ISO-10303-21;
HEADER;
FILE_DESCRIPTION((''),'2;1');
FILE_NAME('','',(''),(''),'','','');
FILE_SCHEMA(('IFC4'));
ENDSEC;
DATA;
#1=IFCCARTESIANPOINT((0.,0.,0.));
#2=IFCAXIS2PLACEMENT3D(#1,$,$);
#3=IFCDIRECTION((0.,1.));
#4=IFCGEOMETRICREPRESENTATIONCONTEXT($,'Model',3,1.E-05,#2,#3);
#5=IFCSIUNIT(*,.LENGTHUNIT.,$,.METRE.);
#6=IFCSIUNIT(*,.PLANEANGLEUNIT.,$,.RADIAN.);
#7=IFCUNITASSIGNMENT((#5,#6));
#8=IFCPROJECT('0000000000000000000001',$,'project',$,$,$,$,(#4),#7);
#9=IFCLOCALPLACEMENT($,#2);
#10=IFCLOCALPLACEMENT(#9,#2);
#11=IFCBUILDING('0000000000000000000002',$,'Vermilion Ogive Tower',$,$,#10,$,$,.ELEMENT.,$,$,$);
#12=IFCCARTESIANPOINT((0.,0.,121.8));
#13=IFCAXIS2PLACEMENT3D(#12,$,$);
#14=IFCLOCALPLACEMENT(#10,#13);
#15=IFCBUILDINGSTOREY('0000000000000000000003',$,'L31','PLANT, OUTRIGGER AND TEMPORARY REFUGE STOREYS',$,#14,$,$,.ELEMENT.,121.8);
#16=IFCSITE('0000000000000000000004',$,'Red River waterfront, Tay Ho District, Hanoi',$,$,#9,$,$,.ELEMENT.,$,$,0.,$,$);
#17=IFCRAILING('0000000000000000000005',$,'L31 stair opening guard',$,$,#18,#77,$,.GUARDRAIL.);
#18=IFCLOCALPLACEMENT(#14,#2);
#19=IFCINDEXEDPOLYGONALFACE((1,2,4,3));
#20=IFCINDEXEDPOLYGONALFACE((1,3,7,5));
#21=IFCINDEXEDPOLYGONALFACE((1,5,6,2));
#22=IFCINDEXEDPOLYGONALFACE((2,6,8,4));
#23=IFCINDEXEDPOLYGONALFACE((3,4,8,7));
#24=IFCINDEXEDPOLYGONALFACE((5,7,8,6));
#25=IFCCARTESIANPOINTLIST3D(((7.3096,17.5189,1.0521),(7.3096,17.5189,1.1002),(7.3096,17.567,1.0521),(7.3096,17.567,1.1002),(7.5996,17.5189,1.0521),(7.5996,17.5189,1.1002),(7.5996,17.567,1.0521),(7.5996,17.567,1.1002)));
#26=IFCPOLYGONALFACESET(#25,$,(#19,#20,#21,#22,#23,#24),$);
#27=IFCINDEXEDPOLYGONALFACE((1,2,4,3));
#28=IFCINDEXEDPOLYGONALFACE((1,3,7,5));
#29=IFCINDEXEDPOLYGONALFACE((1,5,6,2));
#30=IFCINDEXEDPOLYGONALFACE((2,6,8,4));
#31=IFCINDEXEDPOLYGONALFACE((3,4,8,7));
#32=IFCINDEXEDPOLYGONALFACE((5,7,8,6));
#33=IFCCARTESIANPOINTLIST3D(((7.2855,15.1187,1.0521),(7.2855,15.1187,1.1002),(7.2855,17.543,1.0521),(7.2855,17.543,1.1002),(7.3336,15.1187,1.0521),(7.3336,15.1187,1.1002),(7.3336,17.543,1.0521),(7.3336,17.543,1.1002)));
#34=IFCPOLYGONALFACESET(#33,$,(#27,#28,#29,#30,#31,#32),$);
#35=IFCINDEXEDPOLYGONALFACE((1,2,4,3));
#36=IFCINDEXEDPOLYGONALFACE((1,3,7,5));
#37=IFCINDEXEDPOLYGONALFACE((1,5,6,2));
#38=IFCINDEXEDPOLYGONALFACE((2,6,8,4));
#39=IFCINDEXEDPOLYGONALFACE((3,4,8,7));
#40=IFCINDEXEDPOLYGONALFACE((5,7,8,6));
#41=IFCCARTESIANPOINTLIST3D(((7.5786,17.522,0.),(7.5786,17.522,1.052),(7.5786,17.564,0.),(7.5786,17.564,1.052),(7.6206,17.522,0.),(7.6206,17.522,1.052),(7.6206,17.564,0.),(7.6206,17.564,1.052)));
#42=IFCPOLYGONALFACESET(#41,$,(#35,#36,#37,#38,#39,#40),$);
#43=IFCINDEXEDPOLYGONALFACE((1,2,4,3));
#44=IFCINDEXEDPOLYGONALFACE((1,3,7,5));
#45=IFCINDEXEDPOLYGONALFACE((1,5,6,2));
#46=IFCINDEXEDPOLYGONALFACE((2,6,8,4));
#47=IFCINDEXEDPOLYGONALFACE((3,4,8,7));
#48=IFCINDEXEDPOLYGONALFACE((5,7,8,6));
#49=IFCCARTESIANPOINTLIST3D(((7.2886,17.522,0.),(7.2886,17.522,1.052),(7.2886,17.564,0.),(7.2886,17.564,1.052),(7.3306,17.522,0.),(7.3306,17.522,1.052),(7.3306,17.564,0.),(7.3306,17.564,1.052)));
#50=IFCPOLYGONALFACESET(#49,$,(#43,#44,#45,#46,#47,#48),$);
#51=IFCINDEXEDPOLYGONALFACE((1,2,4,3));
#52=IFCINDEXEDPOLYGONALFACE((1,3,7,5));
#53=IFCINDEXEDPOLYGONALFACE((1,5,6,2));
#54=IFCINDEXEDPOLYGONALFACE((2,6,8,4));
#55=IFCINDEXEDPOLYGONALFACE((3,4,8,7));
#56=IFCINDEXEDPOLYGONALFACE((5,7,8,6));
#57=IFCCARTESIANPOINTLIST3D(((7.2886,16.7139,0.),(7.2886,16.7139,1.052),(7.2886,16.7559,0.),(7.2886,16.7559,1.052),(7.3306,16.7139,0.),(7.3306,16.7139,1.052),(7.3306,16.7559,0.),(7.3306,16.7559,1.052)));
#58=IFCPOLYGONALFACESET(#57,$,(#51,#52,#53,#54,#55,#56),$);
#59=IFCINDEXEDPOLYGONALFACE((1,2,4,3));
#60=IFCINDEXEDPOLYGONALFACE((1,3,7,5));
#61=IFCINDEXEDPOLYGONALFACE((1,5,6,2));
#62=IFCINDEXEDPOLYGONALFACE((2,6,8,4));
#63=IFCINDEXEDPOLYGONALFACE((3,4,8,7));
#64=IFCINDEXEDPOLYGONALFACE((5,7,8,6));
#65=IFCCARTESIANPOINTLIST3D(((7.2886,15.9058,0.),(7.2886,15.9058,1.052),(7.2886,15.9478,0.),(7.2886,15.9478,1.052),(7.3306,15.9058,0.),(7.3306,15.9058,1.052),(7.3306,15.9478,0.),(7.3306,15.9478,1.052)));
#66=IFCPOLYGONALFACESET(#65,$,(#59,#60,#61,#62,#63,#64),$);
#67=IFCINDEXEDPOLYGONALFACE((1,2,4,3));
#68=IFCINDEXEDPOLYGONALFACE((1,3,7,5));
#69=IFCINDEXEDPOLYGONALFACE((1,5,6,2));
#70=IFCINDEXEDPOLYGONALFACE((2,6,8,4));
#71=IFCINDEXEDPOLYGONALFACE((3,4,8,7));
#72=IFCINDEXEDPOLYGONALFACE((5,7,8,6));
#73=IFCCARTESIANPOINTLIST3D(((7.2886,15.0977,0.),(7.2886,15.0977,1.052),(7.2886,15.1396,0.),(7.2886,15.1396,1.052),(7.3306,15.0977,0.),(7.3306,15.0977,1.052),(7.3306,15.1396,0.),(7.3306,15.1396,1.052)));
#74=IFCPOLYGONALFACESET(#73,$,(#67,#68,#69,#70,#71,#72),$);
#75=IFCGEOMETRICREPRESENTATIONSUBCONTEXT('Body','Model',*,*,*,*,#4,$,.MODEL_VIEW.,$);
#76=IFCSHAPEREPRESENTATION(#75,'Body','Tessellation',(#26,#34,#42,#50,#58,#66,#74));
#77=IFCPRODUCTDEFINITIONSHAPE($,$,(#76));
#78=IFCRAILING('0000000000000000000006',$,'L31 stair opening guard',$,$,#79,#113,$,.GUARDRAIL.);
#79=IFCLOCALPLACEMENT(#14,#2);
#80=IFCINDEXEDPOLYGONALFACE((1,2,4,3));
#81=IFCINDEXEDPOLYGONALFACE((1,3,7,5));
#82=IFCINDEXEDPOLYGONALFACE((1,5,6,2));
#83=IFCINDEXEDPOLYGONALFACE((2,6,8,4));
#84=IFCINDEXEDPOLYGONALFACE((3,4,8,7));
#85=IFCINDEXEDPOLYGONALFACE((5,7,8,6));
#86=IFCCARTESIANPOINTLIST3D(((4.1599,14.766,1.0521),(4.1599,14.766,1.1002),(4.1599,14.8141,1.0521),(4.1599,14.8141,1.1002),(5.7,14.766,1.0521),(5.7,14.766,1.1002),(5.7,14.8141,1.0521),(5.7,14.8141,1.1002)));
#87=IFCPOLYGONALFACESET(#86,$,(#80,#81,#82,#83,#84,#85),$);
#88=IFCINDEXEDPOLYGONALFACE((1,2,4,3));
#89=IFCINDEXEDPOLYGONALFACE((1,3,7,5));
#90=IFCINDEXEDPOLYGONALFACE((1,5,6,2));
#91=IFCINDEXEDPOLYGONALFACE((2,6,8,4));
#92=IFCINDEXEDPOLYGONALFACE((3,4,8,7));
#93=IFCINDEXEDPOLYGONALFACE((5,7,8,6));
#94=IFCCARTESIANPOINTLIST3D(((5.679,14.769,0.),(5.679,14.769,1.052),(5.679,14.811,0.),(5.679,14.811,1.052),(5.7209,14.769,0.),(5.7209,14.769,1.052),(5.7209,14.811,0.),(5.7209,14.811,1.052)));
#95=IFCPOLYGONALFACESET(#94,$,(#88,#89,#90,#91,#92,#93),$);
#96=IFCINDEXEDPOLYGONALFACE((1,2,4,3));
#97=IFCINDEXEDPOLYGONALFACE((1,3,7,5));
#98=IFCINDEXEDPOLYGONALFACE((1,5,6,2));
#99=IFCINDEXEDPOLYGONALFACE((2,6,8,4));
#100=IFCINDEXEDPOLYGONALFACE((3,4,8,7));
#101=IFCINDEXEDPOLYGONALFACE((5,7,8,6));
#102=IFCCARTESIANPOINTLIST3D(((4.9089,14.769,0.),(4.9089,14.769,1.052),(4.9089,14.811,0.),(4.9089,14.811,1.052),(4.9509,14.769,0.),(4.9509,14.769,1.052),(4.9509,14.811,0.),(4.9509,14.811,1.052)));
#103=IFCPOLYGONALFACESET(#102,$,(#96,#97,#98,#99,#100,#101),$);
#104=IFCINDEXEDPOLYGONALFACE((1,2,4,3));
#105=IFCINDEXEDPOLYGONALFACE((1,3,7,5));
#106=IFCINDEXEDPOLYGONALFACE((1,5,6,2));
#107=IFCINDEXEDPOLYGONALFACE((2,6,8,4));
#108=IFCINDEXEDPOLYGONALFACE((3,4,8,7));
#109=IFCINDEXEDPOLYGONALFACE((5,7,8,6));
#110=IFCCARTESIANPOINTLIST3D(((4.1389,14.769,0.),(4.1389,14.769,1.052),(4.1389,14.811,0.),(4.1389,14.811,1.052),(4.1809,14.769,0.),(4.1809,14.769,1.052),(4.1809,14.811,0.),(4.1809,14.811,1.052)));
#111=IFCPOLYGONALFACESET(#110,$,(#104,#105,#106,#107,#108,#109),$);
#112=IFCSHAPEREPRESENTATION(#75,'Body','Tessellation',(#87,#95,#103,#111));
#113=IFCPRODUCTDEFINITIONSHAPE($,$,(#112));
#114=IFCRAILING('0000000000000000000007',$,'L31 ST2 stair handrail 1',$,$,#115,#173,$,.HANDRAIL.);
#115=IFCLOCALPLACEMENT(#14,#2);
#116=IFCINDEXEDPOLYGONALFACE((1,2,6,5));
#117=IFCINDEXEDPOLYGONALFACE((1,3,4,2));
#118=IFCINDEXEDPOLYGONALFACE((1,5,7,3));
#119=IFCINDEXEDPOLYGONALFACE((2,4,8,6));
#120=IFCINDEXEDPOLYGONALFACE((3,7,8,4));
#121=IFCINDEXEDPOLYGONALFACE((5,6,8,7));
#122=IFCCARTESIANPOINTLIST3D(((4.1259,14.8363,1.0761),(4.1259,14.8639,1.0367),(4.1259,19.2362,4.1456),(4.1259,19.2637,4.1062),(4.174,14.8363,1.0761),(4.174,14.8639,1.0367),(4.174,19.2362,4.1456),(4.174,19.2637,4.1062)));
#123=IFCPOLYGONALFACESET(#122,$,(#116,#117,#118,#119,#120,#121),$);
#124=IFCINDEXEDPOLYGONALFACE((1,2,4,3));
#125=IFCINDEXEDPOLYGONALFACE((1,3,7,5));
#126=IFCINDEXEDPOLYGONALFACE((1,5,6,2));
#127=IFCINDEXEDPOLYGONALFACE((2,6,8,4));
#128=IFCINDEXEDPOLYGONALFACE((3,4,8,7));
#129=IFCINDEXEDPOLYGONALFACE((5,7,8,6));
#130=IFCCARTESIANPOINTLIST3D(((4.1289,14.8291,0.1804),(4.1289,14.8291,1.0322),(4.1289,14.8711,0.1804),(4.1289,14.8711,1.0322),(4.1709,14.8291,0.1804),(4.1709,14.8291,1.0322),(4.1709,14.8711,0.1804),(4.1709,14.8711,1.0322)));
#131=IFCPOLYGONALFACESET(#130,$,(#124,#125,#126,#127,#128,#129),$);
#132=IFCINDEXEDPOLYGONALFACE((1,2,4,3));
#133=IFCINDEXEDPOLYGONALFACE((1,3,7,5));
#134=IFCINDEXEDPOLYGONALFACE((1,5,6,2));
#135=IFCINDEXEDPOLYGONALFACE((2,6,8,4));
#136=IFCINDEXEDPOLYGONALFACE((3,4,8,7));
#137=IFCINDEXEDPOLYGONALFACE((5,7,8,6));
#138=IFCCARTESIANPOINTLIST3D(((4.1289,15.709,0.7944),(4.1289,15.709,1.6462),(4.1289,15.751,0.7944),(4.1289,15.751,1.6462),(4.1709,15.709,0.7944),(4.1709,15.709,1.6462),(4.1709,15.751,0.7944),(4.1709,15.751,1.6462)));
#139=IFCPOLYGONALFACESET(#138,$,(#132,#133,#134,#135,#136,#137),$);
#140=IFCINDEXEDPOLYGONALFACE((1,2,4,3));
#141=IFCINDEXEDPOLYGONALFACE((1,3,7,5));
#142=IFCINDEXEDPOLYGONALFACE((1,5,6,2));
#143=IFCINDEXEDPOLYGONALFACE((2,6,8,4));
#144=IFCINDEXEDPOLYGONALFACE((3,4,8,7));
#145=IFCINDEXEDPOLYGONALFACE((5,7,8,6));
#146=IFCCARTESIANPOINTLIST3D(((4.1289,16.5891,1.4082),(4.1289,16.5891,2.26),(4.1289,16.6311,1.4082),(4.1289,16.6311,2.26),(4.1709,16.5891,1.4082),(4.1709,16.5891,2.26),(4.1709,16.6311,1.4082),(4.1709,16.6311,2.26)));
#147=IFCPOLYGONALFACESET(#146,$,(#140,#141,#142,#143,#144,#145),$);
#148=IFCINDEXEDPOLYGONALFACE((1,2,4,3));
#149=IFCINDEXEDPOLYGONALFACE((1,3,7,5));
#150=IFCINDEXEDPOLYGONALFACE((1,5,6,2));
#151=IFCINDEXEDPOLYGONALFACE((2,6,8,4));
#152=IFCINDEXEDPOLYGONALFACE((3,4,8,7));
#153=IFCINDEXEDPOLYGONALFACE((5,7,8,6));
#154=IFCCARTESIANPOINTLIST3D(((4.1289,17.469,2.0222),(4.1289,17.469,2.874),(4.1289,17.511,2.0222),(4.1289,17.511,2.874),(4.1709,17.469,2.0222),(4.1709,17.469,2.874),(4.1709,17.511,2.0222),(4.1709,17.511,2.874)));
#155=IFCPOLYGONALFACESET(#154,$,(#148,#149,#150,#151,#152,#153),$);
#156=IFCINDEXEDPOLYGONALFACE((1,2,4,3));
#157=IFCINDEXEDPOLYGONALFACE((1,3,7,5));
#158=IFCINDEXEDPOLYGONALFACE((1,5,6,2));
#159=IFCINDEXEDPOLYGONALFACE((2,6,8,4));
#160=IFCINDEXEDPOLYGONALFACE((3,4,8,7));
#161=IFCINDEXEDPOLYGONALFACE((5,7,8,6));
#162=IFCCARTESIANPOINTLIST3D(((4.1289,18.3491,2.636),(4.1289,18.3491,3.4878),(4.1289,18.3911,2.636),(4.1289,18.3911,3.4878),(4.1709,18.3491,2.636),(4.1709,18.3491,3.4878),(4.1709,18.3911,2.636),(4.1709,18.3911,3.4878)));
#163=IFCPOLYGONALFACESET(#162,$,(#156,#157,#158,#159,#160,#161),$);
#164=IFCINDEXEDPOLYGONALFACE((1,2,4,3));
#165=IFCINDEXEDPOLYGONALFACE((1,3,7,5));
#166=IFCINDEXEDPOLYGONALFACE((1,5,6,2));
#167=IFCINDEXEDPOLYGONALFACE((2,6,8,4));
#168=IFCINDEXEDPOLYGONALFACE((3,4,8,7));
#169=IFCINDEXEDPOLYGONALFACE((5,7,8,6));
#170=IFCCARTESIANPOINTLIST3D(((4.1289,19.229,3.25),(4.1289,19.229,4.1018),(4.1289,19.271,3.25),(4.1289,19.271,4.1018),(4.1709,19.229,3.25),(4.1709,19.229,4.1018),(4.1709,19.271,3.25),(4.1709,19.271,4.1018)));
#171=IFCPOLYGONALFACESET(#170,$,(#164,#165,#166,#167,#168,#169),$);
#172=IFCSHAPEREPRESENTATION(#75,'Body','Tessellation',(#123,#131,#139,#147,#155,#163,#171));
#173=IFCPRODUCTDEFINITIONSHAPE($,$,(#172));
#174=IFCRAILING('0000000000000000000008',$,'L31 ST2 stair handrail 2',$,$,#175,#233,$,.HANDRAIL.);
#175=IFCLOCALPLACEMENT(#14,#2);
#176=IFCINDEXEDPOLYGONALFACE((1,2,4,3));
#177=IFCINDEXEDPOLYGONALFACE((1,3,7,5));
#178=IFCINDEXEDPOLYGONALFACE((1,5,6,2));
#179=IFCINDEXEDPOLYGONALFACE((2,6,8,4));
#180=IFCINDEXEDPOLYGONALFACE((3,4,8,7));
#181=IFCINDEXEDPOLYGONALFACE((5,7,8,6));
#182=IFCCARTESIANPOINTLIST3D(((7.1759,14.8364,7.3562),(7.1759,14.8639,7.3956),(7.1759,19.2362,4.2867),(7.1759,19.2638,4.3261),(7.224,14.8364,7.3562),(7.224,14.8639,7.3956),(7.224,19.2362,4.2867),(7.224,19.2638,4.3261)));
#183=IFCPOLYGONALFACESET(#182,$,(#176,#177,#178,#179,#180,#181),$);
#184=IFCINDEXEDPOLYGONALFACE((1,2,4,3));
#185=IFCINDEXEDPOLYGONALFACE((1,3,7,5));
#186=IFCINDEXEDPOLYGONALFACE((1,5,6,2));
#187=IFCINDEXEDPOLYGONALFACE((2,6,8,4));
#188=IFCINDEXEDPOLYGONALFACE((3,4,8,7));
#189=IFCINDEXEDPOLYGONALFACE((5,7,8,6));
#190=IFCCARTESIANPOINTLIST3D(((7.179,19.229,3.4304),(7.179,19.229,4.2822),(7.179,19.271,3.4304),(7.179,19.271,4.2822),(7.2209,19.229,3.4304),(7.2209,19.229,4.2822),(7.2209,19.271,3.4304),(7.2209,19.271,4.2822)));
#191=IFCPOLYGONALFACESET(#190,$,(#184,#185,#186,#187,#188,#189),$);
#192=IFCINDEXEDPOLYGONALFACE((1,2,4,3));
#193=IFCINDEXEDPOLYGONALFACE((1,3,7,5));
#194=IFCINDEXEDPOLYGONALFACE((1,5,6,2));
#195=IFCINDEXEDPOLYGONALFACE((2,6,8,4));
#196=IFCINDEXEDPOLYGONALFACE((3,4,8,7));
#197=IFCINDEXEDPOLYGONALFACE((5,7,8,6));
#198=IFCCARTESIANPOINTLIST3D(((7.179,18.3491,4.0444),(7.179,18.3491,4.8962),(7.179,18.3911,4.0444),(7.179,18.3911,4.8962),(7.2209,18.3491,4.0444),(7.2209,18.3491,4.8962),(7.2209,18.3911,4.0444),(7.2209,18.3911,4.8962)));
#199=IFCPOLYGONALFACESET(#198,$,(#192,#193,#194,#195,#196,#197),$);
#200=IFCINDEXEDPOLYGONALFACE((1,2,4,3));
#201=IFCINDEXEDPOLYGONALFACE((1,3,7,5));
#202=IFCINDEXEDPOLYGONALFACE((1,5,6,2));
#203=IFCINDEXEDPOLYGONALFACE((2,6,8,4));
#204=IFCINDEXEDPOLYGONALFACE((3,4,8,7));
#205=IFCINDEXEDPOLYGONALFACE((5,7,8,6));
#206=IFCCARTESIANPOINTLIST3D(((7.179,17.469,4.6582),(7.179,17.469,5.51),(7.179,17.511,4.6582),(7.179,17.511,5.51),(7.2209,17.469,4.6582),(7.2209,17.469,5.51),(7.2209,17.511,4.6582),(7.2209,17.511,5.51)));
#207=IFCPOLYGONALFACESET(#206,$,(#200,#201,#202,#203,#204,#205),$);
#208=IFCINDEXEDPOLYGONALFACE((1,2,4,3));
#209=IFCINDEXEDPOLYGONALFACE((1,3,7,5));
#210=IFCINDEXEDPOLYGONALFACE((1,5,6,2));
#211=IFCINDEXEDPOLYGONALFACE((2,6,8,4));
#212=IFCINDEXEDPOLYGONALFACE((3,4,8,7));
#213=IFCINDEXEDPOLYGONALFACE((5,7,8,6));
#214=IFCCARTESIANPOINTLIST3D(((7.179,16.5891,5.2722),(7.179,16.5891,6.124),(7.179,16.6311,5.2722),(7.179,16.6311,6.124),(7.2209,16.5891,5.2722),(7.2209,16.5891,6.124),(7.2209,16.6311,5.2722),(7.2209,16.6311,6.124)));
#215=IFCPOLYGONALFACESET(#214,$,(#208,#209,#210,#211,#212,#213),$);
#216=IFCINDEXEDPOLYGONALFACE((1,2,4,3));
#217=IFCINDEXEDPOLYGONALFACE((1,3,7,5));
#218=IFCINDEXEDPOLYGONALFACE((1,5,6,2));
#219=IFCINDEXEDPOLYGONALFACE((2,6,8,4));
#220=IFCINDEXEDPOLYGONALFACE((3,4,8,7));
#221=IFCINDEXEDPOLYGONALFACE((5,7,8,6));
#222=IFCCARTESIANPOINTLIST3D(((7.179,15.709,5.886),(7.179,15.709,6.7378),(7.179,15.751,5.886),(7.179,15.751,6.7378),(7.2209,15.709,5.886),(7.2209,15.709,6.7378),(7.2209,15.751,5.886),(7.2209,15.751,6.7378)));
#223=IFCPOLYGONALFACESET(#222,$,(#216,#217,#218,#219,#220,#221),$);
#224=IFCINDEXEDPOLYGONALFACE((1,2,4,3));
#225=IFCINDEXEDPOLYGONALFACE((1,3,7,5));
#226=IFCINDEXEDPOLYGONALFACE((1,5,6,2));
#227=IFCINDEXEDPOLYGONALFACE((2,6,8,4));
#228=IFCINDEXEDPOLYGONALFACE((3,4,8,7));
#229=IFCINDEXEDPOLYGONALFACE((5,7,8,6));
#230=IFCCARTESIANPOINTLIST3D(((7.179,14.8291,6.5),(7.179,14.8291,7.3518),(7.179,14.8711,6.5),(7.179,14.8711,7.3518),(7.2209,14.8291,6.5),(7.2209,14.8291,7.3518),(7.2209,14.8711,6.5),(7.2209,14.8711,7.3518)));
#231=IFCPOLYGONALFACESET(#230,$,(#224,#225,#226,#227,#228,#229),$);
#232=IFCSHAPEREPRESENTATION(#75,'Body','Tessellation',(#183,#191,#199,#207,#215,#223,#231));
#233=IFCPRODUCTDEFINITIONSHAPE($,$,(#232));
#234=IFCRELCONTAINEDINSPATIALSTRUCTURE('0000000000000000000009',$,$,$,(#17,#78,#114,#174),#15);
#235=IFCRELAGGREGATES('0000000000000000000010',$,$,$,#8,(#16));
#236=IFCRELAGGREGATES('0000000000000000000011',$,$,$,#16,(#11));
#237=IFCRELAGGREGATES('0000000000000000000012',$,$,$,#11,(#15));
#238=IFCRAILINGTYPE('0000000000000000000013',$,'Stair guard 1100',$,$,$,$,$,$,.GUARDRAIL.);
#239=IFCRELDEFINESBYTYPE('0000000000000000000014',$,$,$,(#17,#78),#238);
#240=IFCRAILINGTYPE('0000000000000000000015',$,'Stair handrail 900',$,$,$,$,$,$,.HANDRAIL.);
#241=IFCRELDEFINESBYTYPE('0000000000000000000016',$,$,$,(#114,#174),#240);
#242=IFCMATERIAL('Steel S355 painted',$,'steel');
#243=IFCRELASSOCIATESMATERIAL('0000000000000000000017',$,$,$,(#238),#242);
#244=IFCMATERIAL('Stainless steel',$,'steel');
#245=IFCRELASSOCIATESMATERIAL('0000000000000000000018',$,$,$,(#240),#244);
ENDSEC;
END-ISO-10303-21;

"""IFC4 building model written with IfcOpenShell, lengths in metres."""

from ifc_helpers import new_model, si_unit, direction, frame, origin, origin_2d, place, context, subcontext, project, spatial, rectangle, extrude, material, type_object, element, save


model = new_model("IFC4")

# Units and contexts
model_context = context("Model", 3, precision=1e-05, world=origin(), true_north=direction((0.0, 1.0)))
body_context = subcontext(model_context, "Body", "Model", "MODEL_VIEW")
ifc_project = project(units=[si_unit("LENGTHUNIT", "METRE"), si_unit("PLANEANGLEUNIT", "RADIAN")], contexts=[model_context])

# Site, building, storey
site_placement = place(None, origin())
site = spatial("IfcSite", under=ifc_project, at=site_placement, Name="Red River waterfront, Tay Ho District, Hanoi", CompositionType="ELEMENT", RefElevation=0.0)
building_placement = place(site_placement, origin())
building = spatial("IfcBuilding", under=site, at=building_placement, Name="Vermilion Ogive Tower", CompositionType="ELEMENT")
storey_placement = place(building_placement, frame((0.0, 0.0, 121.8)))
storey = spatial("IfcBuildingStorey", under=building, at=storey_placement, Name="L31", Description="PLANT, OUTRIGGER AND TEMPORARY REFUGE STOREYS", CompositionType="ELEMENT", Elevation=121.8)

# Railings
ifc_material_1 = material(Name="Steel S355 painted", Category="steel")
railing_type_1 = type_object("IfcRailingType", Name="Stair guard 1100", PredefinedType="GUARDRAIL", material=ifc_material_1)
railing_1_placement = place(storey_placement, frame((7.5996, 17.543, 0.0)))
element("IfcRailing", 1, at=railing_1_placement, inside=storey, type_object=railing_type_1, Name="L31 stair opening guard", PredefinedType="GUARDRAIL", context=body_context, shape_type="SweptSolid", body=[
    extrude(rectangle(XDim=0.0481, YDim=0.0481, at=origin_2d()), frame((0.0, 0.0, 1.0762), z_axis=(-1.0, 0.0, 0.0), x_axis=(0.0, -1.0, 0.0)), (0.0, 0.0, 1.0), 0.29),
    extrude(rectangle(XDim=0.0481, YDim=0.0481, at=origin_2d()), frame((-0.29, 0.0, 1.0762), z_axis=(0.0, -1.0, 0.0), x_axis=(1.0, 0.0, 0.0)), (0.0, 0.0, 1.0), 2.4243),
    extrude(rectangle(XDim=0.042, YDim=0.042, at=origin_2d()), origin(), (0.0, 0.0, 1.0), 1.052),
    extrude(rectangle(XDim=0.042, YDim=0.042, at=origin_2d()), frame((-0.29, 0.0, 0.0)), (0.0, 0.0, 1.0), 1.052),
    extrude(rectangle(XDim=0.042, YDim=0.042, at=origin_2d()), frame((-0.29, -0.8081, 0.0)), (0.0, 0.0, 1.0), 1.052),
    extrude(rectangle(XDim=0.042, YDim=0.042, at=origin_2d()), frame((-0.29, -1.6162, 0.0)), (0.0, 0.0, 1.0), 1.052),
    extrude(rectangle(XDim=0.042, YDim=0.042, at=origin_2d()), frame((-0.29, -2.4243, 0.0)), (0.0, 0.0, 1.0), 1.052),
])
railing_2_placement = place(storey_placement, frame((5.7, 14.79, 0.0)))
element("IfcRailing", 2, at=railing_2_placement, inside=storey, type_object=railing_type_1, Name="L31 stair opening guard", PredefinedType="GUARDRAIL", context=body_context, shape_type="SweptSolid", body=[
    extrude(rectangle(XDim=0.0481, YDim=0.0481, at=origin_2d()), frame((0.0, 0.0, 1.0762), z_axis=(-1.0, 0.0, 0.0), x_axis=(0.0, -1.0, 0.0)), (0.0, 0.0, 1.0), 1.54),
    extrude(rectangle(XDim=0.042, YDim=0.042, at=origin_2d()), origin(), (0.0, 0.0, 1.0), 1.052),
    extrude(rectangle(XDim=0.042, YDim=0.042, at=origin_2d()), frame((-0.77, 0.0, 0.0)), (0.0, 0.0, 1.0), 1.052),
    extrude(rectangle(XDim=0.042, YDim=0.042, at=origin_2d()), frame((-1.54, 0.0, 0.0)), (0.0, 0.0, 1.0), 1.052),
])
ifc_material_2 = material(Name="Stainless steel", Category="steel")
railing_type_2 = type_object("IfcRailingType", Name="Stair handrail 900", PredefinedType="HANDRAIL", material=ifc_material_2)
railing_3_placement = place(storey_placement, frame((4.1499, 14.8501, 0.1804)))
element("IfcRailing", 3, at=railing_3_placement, inside=storey, type_object=railing_type_2, Name="L31 ST2 stair handrail 1", PredefinedType="HANDRAIL", context=body_context, shape_type="SweptSolid", body=[
    extrude(rectangle(XDim=0.0481, YDim=0.0481, at=origin_2d()), frame((0.0, 0.0, 0.876), z_axis=(0.0, 0.820137, 0.572167), x_axis=(-1.0, 0.0, 0.0)), (0.0, 0.0, 1.0), 5.3647),
    extrude(rectangle(XDim=0.042, YDim=0.042, at=origin_2d()), origin(), (0.0, 0.0, 1.0), 0.8518),
    extrude(rectangle(XDim=0.042, YDim=0.042, at=origin_2d()), frame((0.0, 0.8799, 0.614)), (0.0, 0.0, 1.0), 0.8518),
    extrude(rectangle(XDim=0.042, YDim=0.042, at=origin_2d()), frame((0.0, 1.76, 1.2278)), (0.0, 0.0, 1.0), 0.8518),
    extrude(rectangle(XDim=0.042, YDim=0.042, at=origin_2d()), frame((0.0, 2.6399, 1.8418)), (0.0, 0.0, 1.0), 0.8518),
    extrude(rectangle(XDim=0.042, YDim=0.042, at=origin_2d()), frame((0.0, 3.52, 2.4556)), (0.0, 0.0, 1.0), 0.8518),
    extrude(rectangle(XDim=0.042, YDim=0.042, at=origin_2d()), frame((0.0, 4.3999, 3.0696)), (0.0, 0.0, 1.0), 0.8518),
])
railing_4_placement = place(storey_placement, frame((7.2, 19.25, 3.4304)))
element("IfcRailing", 4, at=railing_4_placement, inside=storey, type_object=railing_type_2, Name="L31 ST2 stair handrail 2", PredefinedType="HANDRAIL", context=body_context, shape_type="SweptSolid", body=[
    extrude(rectangle(XDim=0.0481, YDim=0.0481, at=origin_2d()), frame((0.0, 0.0, 0.876), z_axis=(0.0, -0.820137, 0.572167), x_axis=(1.0, 0.0, 0.0)), (0.0, 0.0, 1.0), 5.3647),
    extrude(rectangle(XDim=0.042, YDim=0.042, at=origin_2d()), origin(), (0.0, 0.0, 1.0), 0.8518),
    extrude(rectangle(XDim=0.042, YDim=0.042, at=origin_2d()), frame((0.0, -0.8799, 0.614)), (0.0, 0.0, 1.0), 0.8518),
    extrude(rectangle(XDim=0.042, YDim=0.042, at=origin_2d()), frame((0.0, -1.76, 1.2278)), (0.0, 0.0, 1.0), 0.8518),
    extrude(rectangle(XDim=0.042, YDim=0.042, at=origin_2d()), frame((0.0, -2.6399, 1.8418)), (0.0, 0.0, 1.0), 0.8518),
    extrude(rectangle(XDim=0.042, YDim=0.042, at=origin_2d()), frame((0.0, -3.52, 2.4556)), (0.0, 0.0, 1.0), 0.8518),
    extrude(rectangle(XDim=0.042, YDim=0.042, at=origin_2d()), frame((0.0, -4.3999, 3.0696)), (0.0, 0.0, 1.0), 0.8518),
])

save(model, "model.ifc")
